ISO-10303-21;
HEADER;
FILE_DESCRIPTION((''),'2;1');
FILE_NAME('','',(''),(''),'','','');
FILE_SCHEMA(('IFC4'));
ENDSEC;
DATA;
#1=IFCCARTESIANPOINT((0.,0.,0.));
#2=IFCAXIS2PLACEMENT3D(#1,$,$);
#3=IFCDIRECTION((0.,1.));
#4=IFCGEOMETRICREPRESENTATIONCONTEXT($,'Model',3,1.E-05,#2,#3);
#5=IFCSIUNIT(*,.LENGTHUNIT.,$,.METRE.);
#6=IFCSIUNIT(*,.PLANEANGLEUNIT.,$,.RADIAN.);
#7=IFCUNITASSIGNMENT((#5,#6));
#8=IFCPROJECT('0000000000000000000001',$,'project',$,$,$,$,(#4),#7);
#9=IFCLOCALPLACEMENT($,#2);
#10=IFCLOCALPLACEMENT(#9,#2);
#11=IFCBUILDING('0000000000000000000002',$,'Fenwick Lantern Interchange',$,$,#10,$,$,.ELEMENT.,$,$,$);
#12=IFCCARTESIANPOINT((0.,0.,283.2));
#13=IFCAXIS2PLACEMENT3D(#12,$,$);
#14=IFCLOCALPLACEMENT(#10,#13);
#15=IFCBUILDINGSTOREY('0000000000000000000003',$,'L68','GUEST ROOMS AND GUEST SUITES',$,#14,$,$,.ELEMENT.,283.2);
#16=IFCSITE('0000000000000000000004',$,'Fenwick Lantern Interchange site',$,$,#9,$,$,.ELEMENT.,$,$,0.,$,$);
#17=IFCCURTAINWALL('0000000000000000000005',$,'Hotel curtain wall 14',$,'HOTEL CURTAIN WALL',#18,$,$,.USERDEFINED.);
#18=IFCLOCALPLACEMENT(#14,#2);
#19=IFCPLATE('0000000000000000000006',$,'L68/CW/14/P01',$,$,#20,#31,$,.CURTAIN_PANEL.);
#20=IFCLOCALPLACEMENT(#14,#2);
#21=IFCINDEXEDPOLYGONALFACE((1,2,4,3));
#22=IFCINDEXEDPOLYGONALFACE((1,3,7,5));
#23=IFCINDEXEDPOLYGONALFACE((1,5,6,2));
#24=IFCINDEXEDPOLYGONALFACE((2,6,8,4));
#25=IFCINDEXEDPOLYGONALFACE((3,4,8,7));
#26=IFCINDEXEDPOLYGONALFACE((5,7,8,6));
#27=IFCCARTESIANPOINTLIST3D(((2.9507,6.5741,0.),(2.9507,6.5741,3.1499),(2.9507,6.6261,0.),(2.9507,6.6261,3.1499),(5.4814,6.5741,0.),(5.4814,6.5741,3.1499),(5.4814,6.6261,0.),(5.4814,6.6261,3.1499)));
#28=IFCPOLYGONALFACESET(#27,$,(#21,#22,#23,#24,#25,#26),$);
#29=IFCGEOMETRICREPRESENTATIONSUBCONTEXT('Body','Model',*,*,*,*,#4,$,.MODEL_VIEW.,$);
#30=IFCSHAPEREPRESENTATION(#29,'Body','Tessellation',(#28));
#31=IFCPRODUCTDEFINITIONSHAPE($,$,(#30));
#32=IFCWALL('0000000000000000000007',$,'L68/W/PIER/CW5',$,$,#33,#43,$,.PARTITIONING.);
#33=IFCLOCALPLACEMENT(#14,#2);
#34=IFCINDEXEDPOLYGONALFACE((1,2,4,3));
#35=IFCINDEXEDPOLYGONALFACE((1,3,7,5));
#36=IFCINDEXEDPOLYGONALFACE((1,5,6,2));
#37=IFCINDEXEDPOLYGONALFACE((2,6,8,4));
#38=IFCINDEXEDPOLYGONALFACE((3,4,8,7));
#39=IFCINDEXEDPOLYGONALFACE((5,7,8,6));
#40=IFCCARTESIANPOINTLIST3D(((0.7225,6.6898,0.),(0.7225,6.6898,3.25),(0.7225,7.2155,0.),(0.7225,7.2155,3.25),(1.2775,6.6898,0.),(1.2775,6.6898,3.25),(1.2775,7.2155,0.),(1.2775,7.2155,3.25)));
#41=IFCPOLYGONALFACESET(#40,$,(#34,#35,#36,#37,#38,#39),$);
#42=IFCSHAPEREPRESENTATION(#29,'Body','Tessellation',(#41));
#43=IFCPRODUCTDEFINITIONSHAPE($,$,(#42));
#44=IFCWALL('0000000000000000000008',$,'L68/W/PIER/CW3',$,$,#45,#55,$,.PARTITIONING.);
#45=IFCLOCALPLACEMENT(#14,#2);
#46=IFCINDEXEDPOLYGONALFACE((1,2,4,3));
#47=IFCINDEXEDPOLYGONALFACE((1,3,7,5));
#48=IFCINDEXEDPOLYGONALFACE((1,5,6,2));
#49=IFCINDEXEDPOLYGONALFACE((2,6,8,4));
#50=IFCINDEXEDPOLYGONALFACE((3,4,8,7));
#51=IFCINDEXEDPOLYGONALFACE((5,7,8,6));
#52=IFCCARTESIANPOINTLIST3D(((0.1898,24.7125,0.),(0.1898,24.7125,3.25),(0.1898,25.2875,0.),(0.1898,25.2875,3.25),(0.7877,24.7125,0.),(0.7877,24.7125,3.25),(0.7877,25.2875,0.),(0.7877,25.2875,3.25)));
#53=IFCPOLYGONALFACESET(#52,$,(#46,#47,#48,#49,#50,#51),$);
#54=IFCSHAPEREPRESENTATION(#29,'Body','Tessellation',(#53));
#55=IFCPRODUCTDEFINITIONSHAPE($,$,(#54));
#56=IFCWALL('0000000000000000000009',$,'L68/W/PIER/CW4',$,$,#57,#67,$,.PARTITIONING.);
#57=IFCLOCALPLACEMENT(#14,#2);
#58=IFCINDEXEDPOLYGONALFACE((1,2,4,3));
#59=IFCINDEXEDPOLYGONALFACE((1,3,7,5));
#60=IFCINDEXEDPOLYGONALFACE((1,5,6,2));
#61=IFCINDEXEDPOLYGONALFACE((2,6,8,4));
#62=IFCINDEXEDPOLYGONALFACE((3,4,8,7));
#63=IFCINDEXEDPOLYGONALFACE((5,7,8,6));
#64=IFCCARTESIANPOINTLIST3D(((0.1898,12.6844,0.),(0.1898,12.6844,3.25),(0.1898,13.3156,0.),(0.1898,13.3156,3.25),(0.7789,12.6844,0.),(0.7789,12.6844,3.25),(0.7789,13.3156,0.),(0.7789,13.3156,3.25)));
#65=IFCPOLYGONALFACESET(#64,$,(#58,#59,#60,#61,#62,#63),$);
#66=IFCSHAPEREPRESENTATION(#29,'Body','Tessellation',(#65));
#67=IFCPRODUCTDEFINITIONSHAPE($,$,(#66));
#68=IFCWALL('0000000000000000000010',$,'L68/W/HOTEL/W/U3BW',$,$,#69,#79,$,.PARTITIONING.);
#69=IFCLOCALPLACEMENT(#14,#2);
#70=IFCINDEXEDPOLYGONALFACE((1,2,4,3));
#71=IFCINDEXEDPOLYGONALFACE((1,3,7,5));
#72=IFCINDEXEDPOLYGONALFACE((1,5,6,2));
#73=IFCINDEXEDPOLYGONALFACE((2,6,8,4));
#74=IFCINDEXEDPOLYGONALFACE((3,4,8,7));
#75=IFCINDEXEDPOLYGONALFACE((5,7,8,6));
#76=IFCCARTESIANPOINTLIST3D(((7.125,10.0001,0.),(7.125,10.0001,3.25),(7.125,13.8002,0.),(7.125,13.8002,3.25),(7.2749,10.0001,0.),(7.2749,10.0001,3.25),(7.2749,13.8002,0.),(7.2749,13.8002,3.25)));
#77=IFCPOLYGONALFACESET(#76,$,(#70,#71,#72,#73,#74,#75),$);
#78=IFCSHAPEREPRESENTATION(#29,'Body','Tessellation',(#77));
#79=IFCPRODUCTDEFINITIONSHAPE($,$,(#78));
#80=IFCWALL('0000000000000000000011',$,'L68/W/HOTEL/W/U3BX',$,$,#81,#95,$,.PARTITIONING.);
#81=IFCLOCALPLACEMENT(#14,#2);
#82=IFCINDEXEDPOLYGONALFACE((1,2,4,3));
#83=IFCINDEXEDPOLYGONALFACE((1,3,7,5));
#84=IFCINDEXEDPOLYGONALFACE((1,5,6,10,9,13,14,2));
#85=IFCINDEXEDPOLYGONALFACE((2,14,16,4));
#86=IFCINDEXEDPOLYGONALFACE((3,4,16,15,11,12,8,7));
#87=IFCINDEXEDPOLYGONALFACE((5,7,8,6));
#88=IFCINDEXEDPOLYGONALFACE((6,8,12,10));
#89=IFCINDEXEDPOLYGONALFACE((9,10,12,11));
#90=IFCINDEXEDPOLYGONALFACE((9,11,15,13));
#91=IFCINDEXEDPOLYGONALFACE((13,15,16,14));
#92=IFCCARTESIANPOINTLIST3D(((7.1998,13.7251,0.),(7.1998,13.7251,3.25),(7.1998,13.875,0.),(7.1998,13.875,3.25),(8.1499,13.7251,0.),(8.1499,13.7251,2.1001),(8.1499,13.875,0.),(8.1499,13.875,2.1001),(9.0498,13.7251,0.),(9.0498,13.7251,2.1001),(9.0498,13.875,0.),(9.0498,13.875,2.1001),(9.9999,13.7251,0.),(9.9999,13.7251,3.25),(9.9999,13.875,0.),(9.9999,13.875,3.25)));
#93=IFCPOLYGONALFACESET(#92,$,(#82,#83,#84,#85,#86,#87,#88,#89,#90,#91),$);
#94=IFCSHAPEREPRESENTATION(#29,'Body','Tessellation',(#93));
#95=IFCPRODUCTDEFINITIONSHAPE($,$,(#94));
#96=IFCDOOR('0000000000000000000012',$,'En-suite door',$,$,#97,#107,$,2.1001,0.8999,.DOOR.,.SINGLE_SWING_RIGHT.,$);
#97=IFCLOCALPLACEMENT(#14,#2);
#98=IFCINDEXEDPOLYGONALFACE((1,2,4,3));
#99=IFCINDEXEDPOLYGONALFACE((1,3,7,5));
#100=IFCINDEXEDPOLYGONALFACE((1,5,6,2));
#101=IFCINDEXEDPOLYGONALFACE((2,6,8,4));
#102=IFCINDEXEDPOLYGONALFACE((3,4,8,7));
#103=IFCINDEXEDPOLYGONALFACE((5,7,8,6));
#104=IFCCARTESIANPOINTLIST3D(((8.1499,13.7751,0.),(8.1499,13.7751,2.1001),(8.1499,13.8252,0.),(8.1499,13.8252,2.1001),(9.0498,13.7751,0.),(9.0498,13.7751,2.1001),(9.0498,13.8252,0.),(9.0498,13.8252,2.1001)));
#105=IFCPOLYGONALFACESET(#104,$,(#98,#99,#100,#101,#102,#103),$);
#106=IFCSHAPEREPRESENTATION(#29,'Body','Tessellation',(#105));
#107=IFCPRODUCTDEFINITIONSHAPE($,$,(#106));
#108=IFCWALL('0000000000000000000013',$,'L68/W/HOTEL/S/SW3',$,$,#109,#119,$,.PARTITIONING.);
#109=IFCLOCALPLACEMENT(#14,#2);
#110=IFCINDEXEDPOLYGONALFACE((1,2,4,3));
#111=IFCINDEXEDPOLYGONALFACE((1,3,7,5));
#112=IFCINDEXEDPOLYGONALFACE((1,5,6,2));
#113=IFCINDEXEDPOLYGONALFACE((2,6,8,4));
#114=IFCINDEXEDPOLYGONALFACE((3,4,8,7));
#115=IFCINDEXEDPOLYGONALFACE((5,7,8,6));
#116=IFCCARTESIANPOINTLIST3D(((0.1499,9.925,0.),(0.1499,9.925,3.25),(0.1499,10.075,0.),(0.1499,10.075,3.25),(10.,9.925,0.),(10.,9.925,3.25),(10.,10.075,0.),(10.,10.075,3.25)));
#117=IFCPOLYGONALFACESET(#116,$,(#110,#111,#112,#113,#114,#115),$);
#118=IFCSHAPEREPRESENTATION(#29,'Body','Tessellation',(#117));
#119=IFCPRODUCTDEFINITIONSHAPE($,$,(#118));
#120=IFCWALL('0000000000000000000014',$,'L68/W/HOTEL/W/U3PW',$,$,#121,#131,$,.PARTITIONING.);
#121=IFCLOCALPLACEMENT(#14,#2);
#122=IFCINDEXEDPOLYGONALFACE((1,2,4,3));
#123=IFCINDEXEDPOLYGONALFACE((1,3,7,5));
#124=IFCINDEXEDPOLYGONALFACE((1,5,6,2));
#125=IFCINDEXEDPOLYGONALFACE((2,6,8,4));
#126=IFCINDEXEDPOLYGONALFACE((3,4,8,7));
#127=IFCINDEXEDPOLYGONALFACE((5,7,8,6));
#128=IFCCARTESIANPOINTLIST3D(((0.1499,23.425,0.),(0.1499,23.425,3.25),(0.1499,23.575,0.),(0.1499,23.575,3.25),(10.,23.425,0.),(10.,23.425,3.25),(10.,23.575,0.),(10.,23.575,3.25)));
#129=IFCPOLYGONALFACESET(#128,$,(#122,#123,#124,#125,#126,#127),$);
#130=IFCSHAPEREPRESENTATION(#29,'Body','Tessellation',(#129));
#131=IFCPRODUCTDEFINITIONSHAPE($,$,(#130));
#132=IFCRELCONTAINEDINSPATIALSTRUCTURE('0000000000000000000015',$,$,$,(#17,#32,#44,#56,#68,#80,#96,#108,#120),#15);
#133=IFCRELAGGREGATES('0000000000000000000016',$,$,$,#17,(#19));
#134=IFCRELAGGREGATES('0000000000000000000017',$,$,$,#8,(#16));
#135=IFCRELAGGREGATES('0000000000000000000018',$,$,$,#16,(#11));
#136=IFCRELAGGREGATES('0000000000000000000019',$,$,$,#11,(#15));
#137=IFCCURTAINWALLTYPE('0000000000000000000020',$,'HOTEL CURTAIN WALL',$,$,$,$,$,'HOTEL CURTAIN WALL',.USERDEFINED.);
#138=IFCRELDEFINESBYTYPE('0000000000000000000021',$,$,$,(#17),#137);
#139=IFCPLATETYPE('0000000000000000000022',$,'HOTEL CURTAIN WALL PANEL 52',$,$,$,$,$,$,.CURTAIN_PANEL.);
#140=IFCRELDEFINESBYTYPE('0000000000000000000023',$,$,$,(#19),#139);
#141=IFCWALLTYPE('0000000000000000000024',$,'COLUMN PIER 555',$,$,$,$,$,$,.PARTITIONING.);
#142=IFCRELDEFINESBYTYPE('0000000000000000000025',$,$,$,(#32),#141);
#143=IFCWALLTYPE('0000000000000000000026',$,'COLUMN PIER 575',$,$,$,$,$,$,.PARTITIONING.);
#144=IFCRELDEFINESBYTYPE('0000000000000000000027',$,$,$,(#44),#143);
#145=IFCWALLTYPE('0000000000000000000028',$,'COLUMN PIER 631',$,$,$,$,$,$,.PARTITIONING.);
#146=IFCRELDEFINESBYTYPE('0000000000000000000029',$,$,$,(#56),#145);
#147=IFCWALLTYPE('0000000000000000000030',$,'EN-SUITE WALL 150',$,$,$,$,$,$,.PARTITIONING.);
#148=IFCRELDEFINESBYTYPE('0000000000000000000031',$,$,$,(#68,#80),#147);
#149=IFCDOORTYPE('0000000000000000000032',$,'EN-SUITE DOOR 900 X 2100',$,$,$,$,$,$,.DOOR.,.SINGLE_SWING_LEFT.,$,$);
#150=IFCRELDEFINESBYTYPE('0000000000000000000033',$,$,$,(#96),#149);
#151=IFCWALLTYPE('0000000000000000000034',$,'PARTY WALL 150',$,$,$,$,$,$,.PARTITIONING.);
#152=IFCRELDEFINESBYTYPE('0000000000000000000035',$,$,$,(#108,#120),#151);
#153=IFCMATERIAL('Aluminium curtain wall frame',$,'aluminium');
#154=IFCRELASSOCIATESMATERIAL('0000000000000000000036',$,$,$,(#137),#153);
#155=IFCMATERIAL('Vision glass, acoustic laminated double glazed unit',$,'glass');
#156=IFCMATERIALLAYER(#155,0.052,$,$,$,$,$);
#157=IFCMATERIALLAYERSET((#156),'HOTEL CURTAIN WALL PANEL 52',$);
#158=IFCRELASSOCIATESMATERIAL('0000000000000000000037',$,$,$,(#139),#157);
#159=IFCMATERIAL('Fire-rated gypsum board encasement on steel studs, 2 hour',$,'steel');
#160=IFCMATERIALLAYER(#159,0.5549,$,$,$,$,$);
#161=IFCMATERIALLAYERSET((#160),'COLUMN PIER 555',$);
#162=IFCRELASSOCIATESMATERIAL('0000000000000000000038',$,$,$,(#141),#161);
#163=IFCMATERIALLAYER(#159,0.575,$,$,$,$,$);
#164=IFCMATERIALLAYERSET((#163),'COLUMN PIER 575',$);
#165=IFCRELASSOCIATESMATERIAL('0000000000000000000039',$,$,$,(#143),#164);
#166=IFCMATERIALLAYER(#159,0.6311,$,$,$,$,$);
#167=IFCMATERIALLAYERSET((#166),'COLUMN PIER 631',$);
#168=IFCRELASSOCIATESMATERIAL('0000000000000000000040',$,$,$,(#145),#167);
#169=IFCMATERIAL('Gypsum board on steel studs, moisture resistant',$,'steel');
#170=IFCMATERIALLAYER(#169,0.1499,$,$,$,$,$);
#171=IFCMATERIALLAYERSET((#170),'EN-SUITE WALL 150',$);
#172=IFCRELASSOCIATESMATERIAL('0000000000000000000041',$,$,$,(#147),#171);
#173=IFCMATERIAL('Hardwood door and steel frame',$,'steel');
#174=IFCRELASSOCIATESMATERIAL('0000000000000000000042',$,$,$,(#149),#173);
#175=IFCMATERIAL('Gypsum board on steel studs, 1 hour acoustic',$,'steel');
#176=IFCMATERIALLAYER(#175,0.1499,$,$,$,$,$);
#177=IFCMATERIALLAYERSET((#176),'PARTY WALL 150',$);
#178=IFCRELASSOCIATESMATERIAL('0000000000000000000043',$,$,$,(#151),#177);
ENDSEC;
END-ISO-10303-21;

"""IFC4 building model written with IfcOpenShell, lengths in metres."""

from ifc_helpers import new_model, si_unit, direction, frame, frame_2d, origin, origin_2d, place, context, subcontext, project, spatial, rectangle, extrude, material, layer, layer_set, type_object, element, fill, aggregate, save


model = new_model("IFC4")

# Units and contexts
model_context = context("Model", 3, precision=1e-05, world=origin(), true_north=direction((0.0, 1.0)))
body_context = subcontext(model_context, "Body", "Model", "MODEL_VIEW")
ifc_project = project(units=[si_unit("LENGTHUNIT", "METRE"), si_unit("PLANEANGLEUNIT", "RADIAN")], contexts=[model_context])

# Site, building, storey
site_placement = place(None, origin())
site = spatial("IfcSite", under=ifc_project, at=site_placement, Name="Fenwick Lantern Interchange site", CompositionType="ELEMENT", RefElevation=0.0)
building_placement = place(site_placement, origin())
building = spatial("IfcBuilding", under=site, at=building_placement, Name="Fenwick Lantern Interchange", CompositionType="ELEMENT")
storey_placement = place(building_placement, frame((0.0, 0.0, 283.2)))
storey = spatial("IfcBuildingStorey", under=building, at=storey_placement, Name="L68", Description="GUEST ROOMS AND GUEST SUITES", CompositionType="ELEMENT", Elevation=283.2)

# Shared definitions
ifc_material_1 = material(Name="Aluminium curtain wall frame", Category="aluminium")
curtain_wall_type = type_object("IfcCurtainWallType", Name="HOTEL CURTAIN WALL", ElementType="HOTEL CURTAIN WALL", PredefinedType="USERDEFINED", material=ifc_material_1)

# Curtain wall
curtain_wall_1_placement = place(storey_placement, origin())
curtain_wall_1 = element("IfcCurtainWall", 1, at=curtain_wall_1_placement, inside=storey, type_object=curtain_wall_type, Name="Hotel curtain wall 14", ObjectType="HOTEL CURTAIN WALL", PredefinedType="USERDEFINED")

# Plate
ifc_material_2 = material(Name="Vision glass, acoustic laminated double glazed unit", Category="glass")
ifc_layer_1 = layer(ifc_material_2, 0.052)
ifc_layer_set_1 = layer_set([ifc_layer_1], Name="HOTEL CURTAIN WALL PANEL 52")
plate_type = type_object("IfcPlateType", Name="HOTEL CURTAIN WALL PANEL 52", PredefinedType="CURTAIN_PANEL", material=ifc_layer_set_1)
plate_1_placement = place(storey_placement, frame((4.2161, 6.6001, 0.0), z_axis=(0.0, 0.0, 1.0), x_axis=(1.0, 0.0, 0.0)))
plate_1 = element("IfcPlate", 2, at=plate_1_placement, type_object=plate_type, Name="L68/CW/14/P01", PredefinedType="CURTAIN_PANEL", context=body_context, shape_type="SweptSolid", body=[
    extrude(rectangle(XDim=2.5308, YDim=0.052, at=origin_2d()), origin(), (0.0, 0.0, 1.0), 3.1499),
])
aggregate(curtain_wall_1, [plate_1])

# Walls
ifc_material_3 = material(Name="Fire-rated gypsum board encasement on steel studs, 2 hour", Category="steel")
ifc_layer_2 = layer(ifc_material_3, 0.5549)
ifc_layer_set_2 = layer_set([ifc_layer_2], Name="COLUMN PIER 555")
wall_type_1 = type_object("IfcWallType", Name="COLUMN PIER 555", PredefinedType="PARTITIONING", material=ifc_layer_set_2)
wall_1_placement = place(storey_placement, frame((1.0, 6.6899, 0.0), z_axis=(0.0, 0.0, 1.0), x_axis=(0.0, 1.0, 0.0)))
element("IfcWall", 3, at=wall_1_placement, inside=storey, type_object=wall_type_1, Name="L68/W/PIER/CW5", PredefinedType="PARTITIONING", context=body_context, shape_type="SweptSolid", body=[
    extrude(rectangle(XDim=0.5256, YDim=0.5549, at=frame_2d((0.2627, 0.0))), origin(), (0.0, 0.0, 1.0), 3.25),
])
ifc_layer_3 = layer(ifc_material_3, 0.575)
ifc_layer_set_3 = layer_set([ifc_layer_3], Name="COLUMN PIER 575")
wall_type_2 = type_object("IfcWallType", Name="COLUMN PIER 575", PredefinedType="PARTITIONING", material=ifc_layer_set_3)
wall_2_placement = place(storey_placement, frame((0.1899, 25.0, 0.0), z_axis=(0.0, 0.0, 1.0), x_axis=(1.0, 0.0, 0.0)))
element("IfcWall", 4, at=wall_2_placement, inside=storey, type_object=wall_type_2, Name="L68/W/PIER/CW3", PredefinedType="PARTITIONING", context=body_context, shape_type="SweptSolid", body=[
    extrude(rectangle(XDim=0.5979, YDim=0.575, at=frame_2d((0.2988, 0.0))), origin(), (0.0, 0.0, 1.0), 3.25),
])
ifc_layer_4 = layer(ifc_material_3, 0.6311)
ifc_layer_set_4 = layer_set([ifc_layer_4], Name="COLUMN PIER 631")
wall_type_3 = type_object("IfcWallType", Name="COLUMN PIER 631", PredefinedType="PARTITIONING", material=ifc_layer_set_4)
wall_3_placement = place(storey_placement, frame((0.1899, 13.0, 0.0), z_axis=(0.0, 0.0, 1.0), x_axis=(1.0, 0.0, 0.0)))
element("IfcWall", 5, at=wall_3_placement, inside=storey, type_object=wall_type_3, Name="L68/W/PIER/CW4", PredefinedType="PARTITIONING", context=body_context, shape_type="SweptSolid", body=[
    extrude(rectangle(XDim=0.5891, YDim=0.6311, at=frame_2d((0.2944, 0.0))), origin(), (0.0, 0.0, 1.0), 3.25),
])
ifc_material_4 = material(Name="Gypsum board on steel studs, moisture resistant", Category="steel")
ifc_layer_5 = layer(ifc_material_4, 0.1499)
ifc_layer_set_5 = layer_set([ifc_layer_5], Name="EN-SUITE WALL 150")
wall_type_4 = type_object("IfcWallType", Name="EN-SUITE WALL 150", PredefinedType="PARTITIONING", material=ifc_layer_set_5)
wall_4_placement = place(storey_placement, frame((7.2, 13.8, 0.0), z_axis=(0.0, 0.0, 1.0), x_axis=(0.0, -1.0, 0.0)))
element("IfcWall", 6, at=wall_4_placement, inside=storey, type_object=wall_type_4, Name="L68/W/HOTEL/W/U3BW", PredefinedType="PARTITIONING", context=body_context, shape_type="SweptSolid", body=[
    extrude(rectangle(XDim=3.8, YDim=0.1499, at=frame_2d((1.8999, 0.0))), origin(), (0.0, 0.0, 1.0), 3.25),
])

# Wall, opening, door
wall_5_placement = place(storey_placement, frame((7.2, 13.8, 0.0), z_axis=(0.0, 0.0, 1.0), x_axis=(1.0, 0.0, 0.0)))
wall_5 = element("IfcWall", 7, at=wall_5_placement, inside=storey, type_object=wall_type_4, Name="L68/W/HOTEL/W/U3BX", PredefinedType="PARTITIONING", context=body_context, shape_type="SweptSolid", body=[
    extrude(rectangle(XDim=2.8, YDim=0.1499, at=frame_2d((1.3999, 0.0))), origin(), (0.0, 0.0, 1.0), 3.25),
])
opening_placement = place(wall_5_placement, frame((0.95, 0.0, 0.0)))
opening = element("IfcOpeningElement", 8, at=opening_placement, cuts=wall_5, PredefinedType="OPENING", context=body_context, shape_type="SweptSolid", body=[
    extrude(rectangle(XDim=0.8999, YDim=2.1001, at=frame_2d((0.45, 1.05))), frame((0.0, 0.085, 0.0), z_axis=(0.0, -1.0, 0.0), x_axis=(1.0, 0.0, 0.0)), (0.0, 0.0, 1.0), 0.1699),
])
ifc_material_5 = material(Name="Hardwood door and steel frame", Category="steel")
door_type = type_object("IfcDoorType", Name="EN-SUITE DOOR 900 X 2100", OperationType="SINGLE_SWING_LEFT", PredefinedType="DOOR", material=ifc_material_5)
door_placement = place(opening_placement, frame((0.8999, 0.0, 0.0), z_axis=(0.0, 0.0, 1.0), x_axis=(-1.0, 0.0, 0.0)))
door = element("IfcDoor", 9, at=door_placement, inside=storey, type_object=door_type, Name="En-suite door", OperationType="SINGLE_SWING_RIGHT", OverallHeight=2.1001, OverallWidth=0.8999, PredefinedType="DOOR", context=body_context, shape_type="SweptSolid", body=[
    extrude(rectangle(XDim=0.8999, YDim=2.1001, at=frame_2d((0.45, 1.05))), frame((0.0, 0.0249, 0.0), z_axis=(0.0, -1.0, 0.0), x_axis=(1.0, 0.0, 0.0)), (0.0, 0.0, 1.0), 0.05),
])
fill(opening, door)

# Walls
ifc_material_6 = material(Name="Gypsum board on steel studs, 1 hour acoustic", Category="steel")
ifc_layer_6 = layer(ifc_material_6, 0.1499)
ifc_layer_set_6 = layer_set([ifc_layer_6], Name="PARTY WALL 150")
wall_type_5 = type_object("IfcWallType", Name="PARTY WALL 150", PredefinedType="PARTITIONING", material=ifc_layer_set_6)
for number, where, z_axis, x_axis, name in (
    (10, (0.1499, 10.0, 0.0), (0.0, 0.0, 1.0), (1.0, 0.0, 0.0), "L68/W/HOTEL/S/SW3"),
    (11, (0.1499, 23.5, 0.0), (0.0, 0.0, 1.0), (1.0, 0.0, 0.0), "L68/W/HOTEL/W/U3PW"),
):
    element("IfcWall", number, at=place(storey_placement, frame(where, z_axis=z_axis, x_axis=x_axis)), inside=storey, type_object=wall_type_5, Name=name, PredefinedType="PARTITIONING", context=body_context, shape_type="SweptSolid", body=[
        extrude(rectangle(XDim=9.8501, YDim=0.1499, at=frame_2d((4.925, 0.0))), origin(), (0.0, 0.0, 1.0), 3.25),
    ])

save(model, "model.ifc")
